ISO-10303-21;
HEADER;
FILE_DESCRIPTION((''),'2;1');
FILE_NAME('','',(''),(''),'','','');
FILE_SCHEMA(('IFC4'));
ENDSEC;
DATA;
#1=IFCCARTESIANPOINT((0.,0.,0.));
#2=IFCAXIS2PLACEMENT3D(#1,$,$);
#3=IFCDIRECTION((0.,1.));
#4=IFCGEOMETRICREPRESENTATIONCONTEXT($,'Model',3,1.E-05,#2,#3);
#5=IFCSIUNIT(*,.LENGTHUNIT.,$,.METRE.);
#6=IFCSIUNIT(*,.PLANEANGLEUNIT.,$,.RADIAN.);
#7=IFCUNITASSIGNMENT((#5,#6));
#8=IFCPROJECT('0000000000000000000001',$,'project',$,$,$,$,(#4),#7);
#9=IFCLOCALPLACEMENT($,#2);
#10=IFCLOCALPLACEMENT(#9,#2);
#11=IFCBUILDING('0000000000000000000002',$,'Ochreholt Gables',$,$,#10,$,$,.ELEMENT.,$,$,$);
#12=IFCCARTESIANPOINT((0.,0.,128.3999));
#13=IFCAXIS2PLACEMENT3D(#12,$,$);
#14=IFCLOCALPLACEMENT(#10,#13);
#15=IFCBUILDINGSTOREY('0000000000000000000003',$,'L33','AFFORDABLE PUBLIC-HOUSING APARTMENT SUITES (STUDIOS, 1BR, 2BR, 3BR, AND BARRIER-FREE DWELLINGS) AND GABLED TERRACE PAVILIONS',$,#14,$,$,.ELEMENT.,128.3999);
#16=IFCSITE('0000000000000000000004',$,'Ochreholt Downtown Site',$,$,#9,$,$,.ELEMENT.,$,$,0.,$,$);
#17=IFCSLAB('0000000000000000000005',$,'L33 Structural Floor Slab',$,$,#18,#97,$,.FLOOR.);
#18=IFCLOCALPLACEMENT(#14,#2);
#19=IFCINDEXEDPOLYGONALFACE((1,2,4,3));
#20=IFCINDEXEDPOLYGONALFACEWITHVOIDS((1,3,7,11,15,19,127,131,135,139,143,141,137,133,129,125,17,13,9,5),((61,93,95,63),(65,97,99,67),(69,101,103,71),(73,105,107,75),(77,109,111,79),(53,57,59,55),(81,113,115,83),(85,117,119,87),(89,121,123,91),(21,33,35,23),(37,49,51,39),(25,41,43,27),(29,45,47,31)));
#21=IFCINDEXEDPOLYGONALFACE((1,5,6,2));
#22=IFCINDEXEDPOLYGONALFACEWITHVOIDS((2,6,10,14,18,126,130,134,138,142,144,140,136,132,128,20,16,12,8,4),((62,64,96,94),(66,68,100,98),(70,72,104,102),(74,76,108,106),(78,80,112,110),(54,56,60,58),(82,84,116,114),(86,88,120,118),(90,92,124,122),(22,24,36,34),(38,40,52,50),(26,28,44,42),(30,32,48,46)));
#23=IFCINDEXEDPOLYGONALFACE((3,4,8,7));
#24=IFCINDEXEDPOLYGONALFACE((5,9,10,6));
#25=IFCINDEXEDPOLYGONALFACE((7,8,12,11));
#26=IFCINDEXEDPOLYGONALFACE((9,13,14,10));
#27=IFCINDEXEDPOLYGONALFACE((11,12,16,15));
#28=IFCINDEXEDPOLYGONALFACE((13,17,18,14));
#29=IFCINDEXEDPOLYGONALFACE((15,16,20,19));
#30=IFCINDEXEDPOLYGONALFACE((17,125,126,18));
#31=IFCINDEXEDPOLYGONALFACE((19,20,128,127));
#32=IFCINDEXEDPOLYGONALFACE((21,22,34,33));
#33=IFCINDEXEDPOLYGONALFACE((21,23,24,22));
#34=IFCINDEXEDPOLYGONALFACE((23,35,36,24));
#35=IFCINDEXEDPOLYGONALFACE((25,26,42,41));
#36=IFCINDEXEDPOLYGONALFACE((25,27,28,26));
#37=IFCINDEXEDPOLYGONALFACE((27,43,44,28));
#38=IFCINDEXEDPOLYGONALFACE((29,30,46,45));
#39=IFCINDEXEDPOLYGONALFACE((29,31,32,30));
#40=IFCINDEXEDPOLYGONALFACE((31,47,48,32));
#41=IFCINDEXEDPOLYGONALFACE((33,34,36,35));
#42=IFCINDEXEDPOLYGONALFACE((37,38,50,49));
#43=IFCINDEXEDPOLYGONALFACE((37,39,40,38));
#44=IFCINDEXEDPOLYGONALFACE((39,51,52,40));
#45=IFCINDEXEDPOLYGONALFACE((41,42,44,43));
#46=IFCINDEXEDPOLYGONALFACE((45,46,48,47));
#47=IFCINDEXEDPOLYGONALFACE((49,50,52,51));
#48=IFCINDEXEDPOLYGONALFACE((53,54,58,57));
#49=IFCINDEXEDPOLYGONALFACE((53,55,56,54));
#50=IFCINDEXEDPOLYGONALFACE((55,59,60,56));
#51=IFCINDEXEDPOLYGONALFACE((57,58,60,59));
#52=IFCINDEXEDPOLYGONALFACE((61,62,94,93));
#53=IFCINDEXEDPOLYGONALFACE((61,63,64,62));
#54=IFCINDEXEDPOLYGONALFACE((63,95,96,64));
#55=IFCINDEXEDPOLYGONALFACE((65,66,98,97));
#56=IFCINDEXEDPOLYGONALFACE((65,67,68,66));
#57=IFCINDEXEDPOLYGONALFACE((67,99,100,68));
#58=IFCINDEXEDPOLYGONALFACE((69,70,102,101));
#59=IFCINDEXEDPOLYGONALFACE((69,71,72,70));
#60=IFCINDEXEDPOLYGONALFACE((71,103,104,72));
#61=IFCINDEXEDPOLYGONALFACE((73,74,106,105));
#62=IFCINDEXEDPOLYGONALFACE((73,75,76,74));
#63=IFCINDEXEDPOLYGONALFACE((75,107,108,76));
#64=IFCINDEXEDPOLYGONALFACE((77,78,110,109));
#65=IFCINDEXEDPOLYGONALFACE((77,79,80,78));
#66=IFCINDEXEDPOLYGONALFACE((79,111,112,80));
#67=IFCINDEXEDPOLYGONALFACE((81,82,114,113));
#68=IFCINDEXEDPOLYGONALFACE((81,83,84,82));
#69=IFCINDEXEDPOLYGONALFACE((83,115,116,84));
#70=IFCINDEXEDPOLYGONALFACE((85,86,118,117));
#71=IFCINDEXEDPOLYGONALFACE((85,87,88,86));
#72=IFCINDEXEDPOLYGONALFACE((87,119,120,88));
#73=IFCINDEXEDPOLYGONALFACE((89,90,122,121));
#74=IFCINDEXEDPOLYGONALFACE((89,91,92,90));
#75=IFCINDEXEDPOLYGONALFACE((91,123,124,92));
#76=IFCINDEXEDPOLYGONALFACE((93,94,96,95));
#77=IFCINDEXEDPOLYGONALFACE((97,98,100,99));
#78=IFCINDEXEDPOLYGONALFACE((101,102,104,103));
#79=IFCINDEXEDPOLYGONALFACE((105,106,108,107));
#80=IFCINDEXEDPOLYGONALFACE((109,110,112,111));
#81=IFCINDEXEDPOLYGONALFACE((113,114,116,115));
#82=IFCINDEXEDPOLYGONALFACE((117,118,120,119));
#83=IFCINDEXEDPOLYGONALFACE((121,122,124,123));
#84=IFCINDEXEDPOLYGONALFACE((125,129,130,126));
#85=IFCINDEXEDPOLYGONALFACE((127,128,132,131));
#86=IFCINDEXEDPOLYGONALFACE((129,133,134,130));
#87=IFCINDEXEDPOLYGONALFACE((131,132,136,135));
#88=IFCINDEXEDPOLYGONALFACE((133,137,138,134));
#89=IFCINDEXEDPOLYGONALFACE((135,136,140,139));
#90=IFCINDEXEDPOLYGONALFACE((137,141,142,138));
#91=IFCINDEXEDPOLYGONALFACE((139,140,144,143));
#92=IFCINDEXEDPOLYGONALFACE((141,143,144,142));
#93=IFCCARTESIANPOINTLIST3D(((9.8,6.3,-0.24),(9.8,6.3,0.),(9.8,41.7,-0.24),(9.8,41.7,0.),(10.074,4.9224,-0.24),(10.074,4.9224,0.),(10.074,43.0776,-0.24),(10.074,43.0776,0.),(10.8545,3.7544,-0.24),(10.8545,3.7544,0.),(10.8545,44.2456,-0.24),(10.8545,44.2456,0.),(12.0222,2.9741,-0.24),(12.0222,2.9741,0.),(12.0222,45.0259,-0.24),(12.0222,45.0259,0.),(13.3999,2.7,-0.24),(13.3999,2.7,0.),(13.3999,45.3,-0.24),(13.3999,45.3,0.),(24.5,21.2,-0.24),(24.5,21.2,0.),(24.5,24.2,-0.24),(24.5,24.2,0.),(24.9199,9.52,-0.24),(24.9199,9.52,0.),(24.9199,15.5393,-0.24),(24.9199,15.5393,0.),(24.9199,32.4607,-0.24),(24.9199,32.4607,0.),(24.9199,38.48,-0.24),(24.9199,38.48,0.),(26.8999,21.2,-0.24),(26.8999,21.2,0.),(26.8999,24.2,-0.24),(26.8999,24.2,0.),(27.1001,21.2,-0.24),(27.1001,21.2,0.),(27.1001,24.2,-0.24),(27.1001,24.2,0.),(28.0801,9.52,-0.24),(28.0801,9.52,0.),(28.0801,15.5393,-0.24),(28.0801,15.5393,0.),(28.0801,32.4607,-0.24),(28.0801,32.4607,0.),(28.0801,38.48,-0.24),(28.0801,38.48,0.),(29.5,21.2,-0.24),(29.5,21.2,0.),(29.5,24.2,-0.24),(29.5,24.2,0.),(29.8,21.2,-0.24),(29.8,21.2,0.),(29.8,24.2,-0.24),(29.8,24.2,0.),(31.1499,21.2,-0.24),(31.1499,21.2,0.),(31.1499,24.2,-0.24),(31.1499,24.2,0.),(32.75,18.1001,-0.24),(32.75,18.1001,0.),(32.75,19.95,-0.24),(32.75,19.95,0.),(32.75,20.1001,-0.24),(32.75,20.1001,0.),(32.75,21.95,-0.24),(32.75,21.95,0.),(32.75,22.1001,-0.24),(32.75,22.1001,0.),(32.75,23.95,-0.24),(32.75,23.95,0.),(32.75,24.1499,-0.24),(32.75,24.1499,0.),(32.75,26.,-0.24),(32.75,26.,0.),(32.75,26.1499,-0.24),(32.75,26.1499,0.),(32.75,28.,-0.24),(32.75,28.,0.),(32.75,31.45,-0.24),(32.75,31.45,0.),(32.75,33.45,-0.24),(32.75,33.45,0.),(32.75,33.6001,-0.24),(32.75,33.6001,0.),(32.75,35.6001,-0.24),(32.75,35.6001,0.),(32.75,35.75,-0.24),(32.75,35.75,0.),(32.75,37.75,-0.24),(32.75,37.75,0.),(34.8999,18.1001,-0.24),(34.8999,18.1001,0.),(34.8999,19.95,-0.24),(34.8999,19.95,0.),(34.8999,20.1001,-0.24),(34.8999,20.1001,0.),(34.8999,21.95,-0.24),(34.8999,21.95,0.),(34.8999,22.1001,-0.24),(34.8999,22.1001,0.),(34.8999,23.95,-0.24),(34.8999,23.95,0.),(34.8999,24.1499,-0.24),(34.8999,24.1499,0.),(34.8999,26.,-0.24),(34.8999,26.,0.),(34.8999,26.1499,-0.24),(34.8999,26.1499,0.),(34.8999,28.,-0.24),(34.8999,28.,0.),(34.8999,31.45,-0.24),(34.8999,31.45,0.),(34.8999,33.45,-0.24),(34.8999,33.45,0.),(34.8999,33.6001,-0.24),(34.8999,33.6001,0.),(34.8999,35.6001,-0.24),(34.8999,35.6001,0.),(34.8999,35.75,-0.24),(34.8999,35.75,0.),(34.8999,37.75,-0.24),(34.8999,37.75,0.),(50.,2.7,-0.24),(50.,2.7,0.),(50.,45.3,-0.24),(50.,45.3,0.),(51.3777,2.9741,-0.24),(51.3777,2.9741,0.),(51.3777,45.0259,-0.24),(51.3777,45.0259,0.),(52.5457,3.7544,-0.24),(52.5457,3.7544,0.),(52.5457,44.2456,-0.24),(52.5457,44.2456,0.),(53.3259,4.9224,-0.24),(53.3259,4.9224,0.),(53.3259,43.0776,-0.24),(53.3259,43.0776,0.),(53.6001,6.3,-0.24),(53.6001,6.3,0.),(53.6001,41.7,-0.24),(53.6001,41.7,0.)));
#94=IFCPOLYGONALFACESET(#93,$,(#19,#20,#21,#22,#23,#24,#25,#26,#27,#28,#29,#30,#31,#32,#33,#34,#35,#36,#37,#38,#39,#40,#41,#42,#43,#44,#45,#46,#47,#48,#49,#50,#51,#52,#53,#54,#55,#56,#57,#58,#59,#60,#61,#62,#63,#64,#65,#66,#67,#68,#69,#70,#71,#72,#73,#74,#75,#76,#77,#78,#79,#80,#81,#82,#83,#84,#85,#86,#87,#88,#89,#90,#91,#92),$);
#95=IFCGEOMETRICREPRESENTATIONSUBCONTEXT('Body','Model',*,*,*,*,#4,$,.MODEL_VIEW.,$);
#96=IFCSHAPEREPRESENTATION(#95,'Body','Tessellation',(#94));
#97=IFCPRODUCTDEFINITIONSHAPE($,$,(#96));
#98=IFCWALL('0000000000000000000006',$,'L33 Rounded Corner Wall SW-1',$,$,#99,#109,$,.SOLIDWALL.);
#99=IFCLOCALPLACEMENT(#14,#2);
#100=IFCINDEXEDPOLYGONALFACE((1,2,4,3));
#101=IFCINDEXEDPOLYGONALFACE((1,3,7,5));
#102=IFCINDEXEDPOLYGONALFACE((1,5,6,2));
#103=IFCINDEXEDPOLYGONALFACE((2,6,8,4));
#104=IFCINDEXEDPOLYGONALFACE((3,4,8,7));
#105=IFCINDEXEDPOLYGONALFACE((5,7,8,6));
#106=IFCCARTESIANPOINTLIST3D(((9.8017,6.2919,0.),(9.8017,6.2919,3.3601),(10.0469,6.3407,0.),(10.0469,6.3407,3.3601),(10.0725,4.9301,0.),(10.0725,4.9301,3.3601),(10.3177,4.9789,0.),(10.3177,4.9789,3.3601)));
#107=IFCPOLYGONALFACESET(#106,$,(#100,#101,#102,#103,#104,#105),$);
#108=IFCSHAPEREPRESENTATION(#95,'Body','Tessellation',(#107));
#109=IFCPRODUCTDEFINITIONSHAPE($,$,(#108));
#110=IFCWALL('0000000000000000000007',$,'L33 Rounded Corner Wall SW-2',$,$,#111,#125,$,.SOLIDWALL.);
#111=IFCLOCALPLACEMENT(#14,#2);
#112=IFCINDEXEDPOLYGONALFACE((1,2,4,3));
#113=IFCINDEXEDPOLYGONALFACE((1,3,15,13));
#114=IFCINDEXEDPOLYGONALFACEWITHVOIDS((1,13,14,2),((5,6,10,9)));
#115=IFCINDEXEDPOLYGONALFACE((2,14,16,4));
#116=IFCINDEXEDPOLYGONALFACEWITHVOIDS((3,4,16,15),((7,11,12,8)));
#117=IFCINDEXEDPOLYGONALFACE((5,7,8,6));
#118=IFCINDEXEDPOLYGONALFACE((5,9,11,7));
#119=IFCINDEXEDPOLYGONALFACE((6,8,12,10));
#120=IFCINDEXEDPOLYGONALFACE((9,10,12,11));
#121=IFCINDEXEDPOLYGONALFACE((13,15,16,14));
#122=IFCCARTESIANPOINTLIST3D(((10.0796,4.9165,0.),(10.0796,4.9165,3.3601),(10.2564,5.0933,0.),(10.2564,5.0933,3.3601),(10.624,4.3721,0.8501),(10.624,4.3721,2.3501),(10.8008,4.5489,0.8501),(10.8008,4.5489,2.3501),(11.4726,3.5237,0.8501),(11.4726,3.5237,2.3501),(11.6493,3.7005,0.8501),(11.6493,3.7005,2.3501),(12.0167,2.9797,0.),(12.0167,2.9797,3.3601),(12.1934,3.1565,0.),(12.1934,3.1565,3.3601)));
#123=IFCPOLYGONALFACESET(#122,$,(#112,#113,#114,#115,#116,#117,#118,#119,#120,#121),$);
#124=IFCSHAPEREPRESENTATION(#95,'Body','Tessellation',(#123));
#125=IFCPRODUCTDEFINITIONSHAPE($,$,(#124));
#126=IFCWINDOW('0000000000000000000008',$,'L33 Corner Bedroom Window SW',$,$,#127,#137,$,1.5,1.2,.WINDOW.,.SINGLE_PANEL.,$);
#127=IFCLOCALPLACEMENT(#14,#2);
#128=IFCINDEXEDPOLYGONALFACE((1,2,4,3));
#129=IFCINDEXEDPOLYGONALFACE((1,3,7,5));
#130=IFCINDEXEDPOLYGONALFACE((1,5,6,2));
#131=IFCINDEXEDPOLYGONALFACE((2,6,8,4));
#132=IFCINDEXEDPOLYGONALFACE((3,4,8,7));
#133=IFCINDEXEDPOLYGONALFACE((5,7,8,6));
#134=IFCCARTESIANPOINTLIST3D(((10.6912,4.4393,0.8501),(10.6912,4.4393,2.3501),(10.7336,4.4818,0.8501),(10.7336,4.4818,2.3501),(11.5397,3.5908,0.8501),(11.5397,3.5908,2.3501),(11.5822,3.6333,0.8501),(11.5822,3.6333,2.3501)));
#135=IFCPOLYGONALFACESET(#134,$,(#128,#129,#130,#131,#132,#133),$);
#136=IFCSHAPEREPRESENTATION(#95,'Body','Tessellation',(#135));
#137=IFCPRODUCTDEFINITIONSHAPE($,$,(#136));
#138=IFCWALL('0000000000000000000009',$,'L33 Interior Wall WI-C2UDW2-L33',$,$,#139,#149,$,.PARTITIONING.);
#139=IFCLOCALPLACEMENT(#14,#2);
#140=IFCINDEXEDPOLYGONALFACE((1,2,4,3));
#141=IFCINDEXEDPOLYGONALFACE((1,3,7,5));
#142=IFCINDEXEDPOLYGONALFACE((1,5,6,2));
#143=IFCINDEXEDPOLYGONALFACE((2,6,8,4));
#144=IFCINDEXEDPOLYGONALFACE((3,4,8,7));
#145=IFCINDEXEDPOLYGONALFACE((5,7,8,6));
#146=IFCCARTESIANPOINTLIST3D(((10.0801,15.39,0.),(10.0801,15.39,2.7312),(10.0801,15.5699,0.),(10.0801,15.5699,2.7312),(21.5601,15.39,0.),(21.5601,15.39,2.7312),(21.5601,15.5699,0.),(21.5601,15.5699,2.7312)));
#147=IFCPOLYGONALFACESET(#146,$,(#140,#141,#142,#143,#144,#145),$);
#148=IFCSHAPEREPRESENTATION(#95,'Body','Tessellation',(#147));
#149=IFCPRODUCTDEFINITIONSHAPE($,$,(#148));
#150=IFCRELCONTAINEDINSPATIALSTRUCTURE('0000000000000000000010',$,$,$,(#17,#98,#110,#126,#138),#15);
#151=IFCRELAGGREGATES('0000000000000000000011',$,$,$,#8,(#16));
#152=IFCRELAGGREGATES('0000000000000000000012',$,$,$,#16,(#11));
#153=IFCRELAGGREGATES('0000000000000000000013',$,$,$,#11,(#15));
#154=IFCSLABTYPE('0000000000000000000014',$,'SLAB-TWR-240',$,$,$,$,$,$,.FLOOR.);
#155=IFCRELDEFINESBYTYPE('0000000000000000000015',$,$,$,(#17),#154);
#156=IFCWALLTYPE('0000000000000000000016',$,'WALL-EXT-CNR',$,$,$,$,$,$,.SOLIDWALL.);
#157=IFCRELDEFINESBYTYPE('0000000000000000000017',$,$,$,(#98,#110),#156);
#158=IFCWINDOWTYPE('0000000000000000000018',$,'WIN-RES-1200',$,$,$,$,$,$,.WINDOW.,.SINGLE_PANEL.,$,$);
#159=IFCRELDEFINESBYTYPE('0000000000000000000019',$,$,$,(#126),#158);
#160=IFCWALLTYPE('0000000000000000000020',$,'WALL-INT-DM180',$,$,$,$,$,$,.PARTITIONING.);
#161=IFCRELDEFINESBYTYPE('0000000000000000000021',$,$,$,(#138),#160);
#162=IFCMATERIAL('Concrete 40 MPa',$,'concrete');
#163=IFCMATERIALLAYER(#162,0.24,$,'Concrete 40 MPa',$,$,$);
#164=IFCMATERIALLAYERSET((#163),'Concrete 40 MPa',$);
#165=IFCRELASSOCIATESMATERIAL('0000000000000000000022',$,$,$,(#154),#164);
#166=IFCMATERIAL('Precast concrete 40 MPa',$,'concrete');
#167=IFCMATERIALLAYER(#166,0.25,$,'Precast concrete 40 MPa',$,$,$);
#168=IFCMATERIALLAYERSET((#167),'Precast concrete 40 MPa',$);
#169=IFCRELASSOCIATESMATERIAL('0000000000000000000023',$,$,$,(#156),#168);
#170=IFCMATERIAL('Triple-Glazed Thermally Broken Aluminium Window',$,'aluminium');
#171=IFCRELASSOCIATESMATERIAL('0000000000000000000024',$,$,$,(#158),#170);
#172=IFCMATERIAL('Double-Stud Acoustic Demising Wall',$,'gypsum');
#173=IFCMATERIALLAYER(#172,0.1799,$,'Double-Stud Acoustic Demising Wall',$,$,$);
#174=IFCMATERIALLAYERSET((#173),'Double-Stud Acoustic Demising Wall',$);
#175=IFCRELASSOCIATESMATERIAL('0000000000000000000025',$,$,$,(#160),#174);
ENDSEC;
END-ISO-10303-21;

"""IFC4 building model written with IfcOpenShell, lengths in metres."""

from ifc_helpers import new_model, si_unit, direction, frame, frame_2d, origin, place, context, subcontext, project, spatial, polyline, rectangle, outline, extrude, material, layer, layer_set, type_object, element, fill, save


model = new_model("IFC4")

# Units and contexts
model_context = context("Model", 3, precision=1e-05, world=origin(), true_north=direction((0.0, 1.0)))
body_context = subcontext(model_context, "Body", "Model", "MODEL_VIEW")
ifc_project = project(units=[si_unit("LENGTHUNIT", "METRE"), si_unit("PLANEANGLEUNIT", "RADIAN")], contexts=[model_context])

# Site, building, storey
site_placement = place(None, origin())
site = spatial("IfcSite", under=ifc_project, at=site_placement, Name="Ochreholt Downtown Site", CompositionType="ELEMENT", RefElevation=0.0)
building_placement = place(site_placement, origin())
building = spatial("IfcBuilding", under=site, at=building_placement, Name="Ochreholt Gables", CompositionType="ELEMENT")
storey_placement = place(building_placement, frame((0.0, 0.0, 128.3999)))
storey = spatial("IfcBuildingStorey", under=building, at=storey_placement, Name="L33", Description="AFFORDABLE PUBLIC-HOUSING APARTMENT SUITES (STUDIOS, 1BR, 2BR, 3BR, AND BARRIER-FREE DWELLINGS) AND GABLED TERRACE PAVILIONS", CompositionType="ELEMENT", Elevation=128.3999)

# Shared definitions
ifc_material_1 = material(Name="Concrete 40 MPa", Category="concrete")

# Slab
ifc_layer_1 = layer(ifc_material_1, 0.24, Name="Concrete 40 MPa")
ifc_layer_set_1 = layer_set([ifc_layer_1], Name="Concrete 40 MPa")
slab_type_1 = type_object("IfcSlabType", Name="SLAB-TWR-240", PredefinedType="FLOOR", material=ifc_layer_set_1)
slab_1_placement = place(storey_placement, frame((0.0, 0.0, -0.24)))
element("IfcSlab", 1, at=slab_1_placement, inside=storey, type_object=slab_type_1, Name="L33 Structural Floor Slab", PredefinedType="FLOOR", context=body_context, shape_type="SweptSolid", body=[
    extrude(outline(polyline([(9.8, 6.3), (10.074, 4.9224), (10.8545, 3.7544), (12.0222, 2.9741), (13.3999, 2.7), (50.0, 2.7), (51.3777, 2.9741), (52.5457, 3.7544), (53.3259, 4.9224), (53.6001, 6.3), (53.6001, 41.7), (53.3259, 43.0776), (52.5457, 44.2456), (51.3777, 45.0259), (50.0, 45.3), (13.3999, 45.3), (12.0222, 45.0259), (10.8545, 44.2456), (10.074, 43.0776), (9.8, 41.7), (9.8, 6.3)]), holes=[polyline([(24.9199, 15.5393), (24.9199, 9.52), (28.0801, 9.52), (28.0801, 15.5393), (24.9199, 15.5393)]), polyline([(28.0801, 32.4607), (28.0801, 38.48), (24.9199, 38.48), (24.9199, 32.4607), (28.0801, 32.4607)]), polyline([(24.5, 21.2), (26.8999, 21.2), (26.8999, 24.2), (24.5, 24.2), (24.5, 21.2)]), polyline([(27.1001, 21.2), (29.5, 21.2), (29.5, 24.2), (27.1001, 24.2), (27.1001, 21.2)]), polyline([(32.75, 18.1001), (34.8999, 18.1001), (34.8999, 19.95), (32.75, 19.95), (32.75, 18.1001)]), polyline([(32.75, 20.1001), (34.8999, 20.1001), (34.8999, 21.95), (32.75, 21.95), (32.75, 20.1001)]), polyline([(32.75, 22.1001), (34.8999, 22.1001), (34.8999, 23.95), (32.75, 23.95), (32.75, 22.1001)]), polyline([(32.75, 24.1499), (34.8999, 24.1499), (34.8999, 26.0), (32.75, 26.0), (32.75, 24.1499)]), polyline([(32.75, 26.1499), (34.8999, 26.1499), (34.8999, 28.0), (32.75, 28.0), (32.75, 26.1499)]), polyline([(32.75, 31.45), (34.8999, 31.45), (34.8999, 33.45), (32.75, 33.45), (32.75, 31.45)]), polyline([(32.75, 33.6001), (34.8999, 33.6001), (34.8999, 35.6001), (32.75, 35.6001), (32.75, 33.6001)]), polyline([(32.75, 35.75), (34.8999, 35.75), (34.8999, 37.75), (32.75, 37.75), (32.75, 35.75)]), polyline([(29.8, 21.2), (31.1499, 21.2), (31.1499, 24.2), (29.8, 24.2), (29.8, 21.2)])]), origin(), (0.0, 0.0, 1.0), 0.24),
])

# Wall
ifc_material_2 = material(Name="Precast concrete 40 MPa", Category="concrete")
ifc_layer_2 = layer(ifc_material_2, 0.25, Name="Precast concrete 40 MPa")
ifc_layer_set_2 = layer_set([ifc_layer_2], Name="Precast concrete 40 MPa")
wall_type_1 = type_object("IfcWallType", Name="WALL-EXT-CNR", PredefinedType="SOLIDWALL", material=ifc_layer_set_2)
wall_1_placement = place(storey_placement, frame((9.9243, 6.3164, 0.0), z_axis=(0.0, 0.0, 1.0), x_axis=(0.195, -0.980803, 0.0)))
element("IfcWall", 2, at=wall_1_placement, inside=storey, type_object=wall_type_1, Name="L33 Rounded Corner Wall SW-1", PredefinedType="SOLIDWALL", context=body_context, shape_type="SweptSolid", body=[
    extrude(rectangle(XDim=1.3884, YDim=0.25, at=frame_2d((0.6943, 0.0))), origin(), (0.0, 0.0, 1.0), 3.3601),
])

# Wall, opening, window
wall_2_placement = place(storey_placement, frame((10.168, 5.0049, 0.0), z_axis=(0.0, 0.0, 1.0), x_axis=(0.707151, -0.707062, 0.0)))
wall_2 = element("IfcWall", 3, at=wall_2_placement, inside=storey, type_object=wall_type_1, Name="L33 Rounded Corner Wall SW-2", PredefinedType="SOLIDWALL", context=body_context, shape_type="SweptSolid", body=[
    extrude(rectangle(XDim=2.7393, YDim=0.25, at=frame_2d((1.3696, 0.0))), origin(), (0.0, 0.0, 1.0), 3.3601),
])
opening_1_placement = place(wall_2_placement, frame((0.7698, 0.0, 0.8501)))
opening_1 = element("IfcOpeningElement", 4, at=opening_1_placement, cuts=wall_2, PredefinedType="OPENING", context=body_context, shape_type="SweptSolid", body=[
    extrude(rectangle(XDim=1.2, YDim=1.5, at=frame_2d((0.6001, 0.75))), frame((0.0, 0.135, 0.0), z_axis=(0.0, -1.0, 0.0), x_axis=(1.0, 0.0, 0.0)), (0.0, 0.0, 1.0), 0.27),
])
ifc_material_3 = material(Name="Triple-Glazed Thermally Broken Aluminium Window", Category="aluminium")
window_type = type_object("IfcWindowType", Name="WIN-RES-1200", PartitioningType="SINGLE_PANEL", PredefinedType="WINDOW", material=ifc_material_3)
window_placement = place(opening_1_placement, origin())
window = element("IfcWindow", 5, at=window_placement, inside=storey, type_object=window_type, Name="L33 Corner Bedroom Window SW", OverallHeight=1.5, OverallWidth=1.2, PartitioningType="SINGLE_PANEL", PredefinedType="WINDOW", context=body_context, shape_type="SweptSolid", body=[
    extrude(rectangle(XDim=1.2, YDim=1.5, at=frame_2d((0.6001, 0.75))), frame((0.0, 0.03, 0.0), z_axis=(0.0, -1.0, 0.0), x_axis=(1.0, 0.0, 0.0)), (0.0, 0.0, 1.0), 0.0601),
])
fill(opening_1, window)

# Wall
ifc_material_4 = material(Name="Double-Stud Acoustic Demising Wall", Category="gypsum")
ifc_layer_3 = layer(ifc_material_4, 0.1799, Name="Double-Stud Acoustic Demising Wall")
ifc_layer_set_3 = layer_set([ifc_layer_3], Name="Double-Stud Acoustic Demising Wall")
wall_type_2 = type_object("IfcWallType", Name="WALL-INT-DM180", PredefinedType="PARTITIONING", material=ifc_layer_set_3)
wall_3_placement = place(storey_placement, frame((10.0801, 15.48, 0.0), z_axis=(0.0, 0.0, 1.0), x_axis=(1.0, 0.0, 0.0)))
element("IfcWall", 6, at=wall_3_placement, inside=storey, type_object=wall_type_2, Name="L33 Interior Wall WI-C2UDW2-L33", PredefinedType="PARTITIONING", context=body_context, shape_type="SweptSolid", body=[
    extrude(rectangle(XDim=11.48, YDim=0.1799, at=frame_2d((5.74, 0.0))), origin(), (0.0, 0.0, 1.0), 2.7312),
])

save(model, "model.ifc")
